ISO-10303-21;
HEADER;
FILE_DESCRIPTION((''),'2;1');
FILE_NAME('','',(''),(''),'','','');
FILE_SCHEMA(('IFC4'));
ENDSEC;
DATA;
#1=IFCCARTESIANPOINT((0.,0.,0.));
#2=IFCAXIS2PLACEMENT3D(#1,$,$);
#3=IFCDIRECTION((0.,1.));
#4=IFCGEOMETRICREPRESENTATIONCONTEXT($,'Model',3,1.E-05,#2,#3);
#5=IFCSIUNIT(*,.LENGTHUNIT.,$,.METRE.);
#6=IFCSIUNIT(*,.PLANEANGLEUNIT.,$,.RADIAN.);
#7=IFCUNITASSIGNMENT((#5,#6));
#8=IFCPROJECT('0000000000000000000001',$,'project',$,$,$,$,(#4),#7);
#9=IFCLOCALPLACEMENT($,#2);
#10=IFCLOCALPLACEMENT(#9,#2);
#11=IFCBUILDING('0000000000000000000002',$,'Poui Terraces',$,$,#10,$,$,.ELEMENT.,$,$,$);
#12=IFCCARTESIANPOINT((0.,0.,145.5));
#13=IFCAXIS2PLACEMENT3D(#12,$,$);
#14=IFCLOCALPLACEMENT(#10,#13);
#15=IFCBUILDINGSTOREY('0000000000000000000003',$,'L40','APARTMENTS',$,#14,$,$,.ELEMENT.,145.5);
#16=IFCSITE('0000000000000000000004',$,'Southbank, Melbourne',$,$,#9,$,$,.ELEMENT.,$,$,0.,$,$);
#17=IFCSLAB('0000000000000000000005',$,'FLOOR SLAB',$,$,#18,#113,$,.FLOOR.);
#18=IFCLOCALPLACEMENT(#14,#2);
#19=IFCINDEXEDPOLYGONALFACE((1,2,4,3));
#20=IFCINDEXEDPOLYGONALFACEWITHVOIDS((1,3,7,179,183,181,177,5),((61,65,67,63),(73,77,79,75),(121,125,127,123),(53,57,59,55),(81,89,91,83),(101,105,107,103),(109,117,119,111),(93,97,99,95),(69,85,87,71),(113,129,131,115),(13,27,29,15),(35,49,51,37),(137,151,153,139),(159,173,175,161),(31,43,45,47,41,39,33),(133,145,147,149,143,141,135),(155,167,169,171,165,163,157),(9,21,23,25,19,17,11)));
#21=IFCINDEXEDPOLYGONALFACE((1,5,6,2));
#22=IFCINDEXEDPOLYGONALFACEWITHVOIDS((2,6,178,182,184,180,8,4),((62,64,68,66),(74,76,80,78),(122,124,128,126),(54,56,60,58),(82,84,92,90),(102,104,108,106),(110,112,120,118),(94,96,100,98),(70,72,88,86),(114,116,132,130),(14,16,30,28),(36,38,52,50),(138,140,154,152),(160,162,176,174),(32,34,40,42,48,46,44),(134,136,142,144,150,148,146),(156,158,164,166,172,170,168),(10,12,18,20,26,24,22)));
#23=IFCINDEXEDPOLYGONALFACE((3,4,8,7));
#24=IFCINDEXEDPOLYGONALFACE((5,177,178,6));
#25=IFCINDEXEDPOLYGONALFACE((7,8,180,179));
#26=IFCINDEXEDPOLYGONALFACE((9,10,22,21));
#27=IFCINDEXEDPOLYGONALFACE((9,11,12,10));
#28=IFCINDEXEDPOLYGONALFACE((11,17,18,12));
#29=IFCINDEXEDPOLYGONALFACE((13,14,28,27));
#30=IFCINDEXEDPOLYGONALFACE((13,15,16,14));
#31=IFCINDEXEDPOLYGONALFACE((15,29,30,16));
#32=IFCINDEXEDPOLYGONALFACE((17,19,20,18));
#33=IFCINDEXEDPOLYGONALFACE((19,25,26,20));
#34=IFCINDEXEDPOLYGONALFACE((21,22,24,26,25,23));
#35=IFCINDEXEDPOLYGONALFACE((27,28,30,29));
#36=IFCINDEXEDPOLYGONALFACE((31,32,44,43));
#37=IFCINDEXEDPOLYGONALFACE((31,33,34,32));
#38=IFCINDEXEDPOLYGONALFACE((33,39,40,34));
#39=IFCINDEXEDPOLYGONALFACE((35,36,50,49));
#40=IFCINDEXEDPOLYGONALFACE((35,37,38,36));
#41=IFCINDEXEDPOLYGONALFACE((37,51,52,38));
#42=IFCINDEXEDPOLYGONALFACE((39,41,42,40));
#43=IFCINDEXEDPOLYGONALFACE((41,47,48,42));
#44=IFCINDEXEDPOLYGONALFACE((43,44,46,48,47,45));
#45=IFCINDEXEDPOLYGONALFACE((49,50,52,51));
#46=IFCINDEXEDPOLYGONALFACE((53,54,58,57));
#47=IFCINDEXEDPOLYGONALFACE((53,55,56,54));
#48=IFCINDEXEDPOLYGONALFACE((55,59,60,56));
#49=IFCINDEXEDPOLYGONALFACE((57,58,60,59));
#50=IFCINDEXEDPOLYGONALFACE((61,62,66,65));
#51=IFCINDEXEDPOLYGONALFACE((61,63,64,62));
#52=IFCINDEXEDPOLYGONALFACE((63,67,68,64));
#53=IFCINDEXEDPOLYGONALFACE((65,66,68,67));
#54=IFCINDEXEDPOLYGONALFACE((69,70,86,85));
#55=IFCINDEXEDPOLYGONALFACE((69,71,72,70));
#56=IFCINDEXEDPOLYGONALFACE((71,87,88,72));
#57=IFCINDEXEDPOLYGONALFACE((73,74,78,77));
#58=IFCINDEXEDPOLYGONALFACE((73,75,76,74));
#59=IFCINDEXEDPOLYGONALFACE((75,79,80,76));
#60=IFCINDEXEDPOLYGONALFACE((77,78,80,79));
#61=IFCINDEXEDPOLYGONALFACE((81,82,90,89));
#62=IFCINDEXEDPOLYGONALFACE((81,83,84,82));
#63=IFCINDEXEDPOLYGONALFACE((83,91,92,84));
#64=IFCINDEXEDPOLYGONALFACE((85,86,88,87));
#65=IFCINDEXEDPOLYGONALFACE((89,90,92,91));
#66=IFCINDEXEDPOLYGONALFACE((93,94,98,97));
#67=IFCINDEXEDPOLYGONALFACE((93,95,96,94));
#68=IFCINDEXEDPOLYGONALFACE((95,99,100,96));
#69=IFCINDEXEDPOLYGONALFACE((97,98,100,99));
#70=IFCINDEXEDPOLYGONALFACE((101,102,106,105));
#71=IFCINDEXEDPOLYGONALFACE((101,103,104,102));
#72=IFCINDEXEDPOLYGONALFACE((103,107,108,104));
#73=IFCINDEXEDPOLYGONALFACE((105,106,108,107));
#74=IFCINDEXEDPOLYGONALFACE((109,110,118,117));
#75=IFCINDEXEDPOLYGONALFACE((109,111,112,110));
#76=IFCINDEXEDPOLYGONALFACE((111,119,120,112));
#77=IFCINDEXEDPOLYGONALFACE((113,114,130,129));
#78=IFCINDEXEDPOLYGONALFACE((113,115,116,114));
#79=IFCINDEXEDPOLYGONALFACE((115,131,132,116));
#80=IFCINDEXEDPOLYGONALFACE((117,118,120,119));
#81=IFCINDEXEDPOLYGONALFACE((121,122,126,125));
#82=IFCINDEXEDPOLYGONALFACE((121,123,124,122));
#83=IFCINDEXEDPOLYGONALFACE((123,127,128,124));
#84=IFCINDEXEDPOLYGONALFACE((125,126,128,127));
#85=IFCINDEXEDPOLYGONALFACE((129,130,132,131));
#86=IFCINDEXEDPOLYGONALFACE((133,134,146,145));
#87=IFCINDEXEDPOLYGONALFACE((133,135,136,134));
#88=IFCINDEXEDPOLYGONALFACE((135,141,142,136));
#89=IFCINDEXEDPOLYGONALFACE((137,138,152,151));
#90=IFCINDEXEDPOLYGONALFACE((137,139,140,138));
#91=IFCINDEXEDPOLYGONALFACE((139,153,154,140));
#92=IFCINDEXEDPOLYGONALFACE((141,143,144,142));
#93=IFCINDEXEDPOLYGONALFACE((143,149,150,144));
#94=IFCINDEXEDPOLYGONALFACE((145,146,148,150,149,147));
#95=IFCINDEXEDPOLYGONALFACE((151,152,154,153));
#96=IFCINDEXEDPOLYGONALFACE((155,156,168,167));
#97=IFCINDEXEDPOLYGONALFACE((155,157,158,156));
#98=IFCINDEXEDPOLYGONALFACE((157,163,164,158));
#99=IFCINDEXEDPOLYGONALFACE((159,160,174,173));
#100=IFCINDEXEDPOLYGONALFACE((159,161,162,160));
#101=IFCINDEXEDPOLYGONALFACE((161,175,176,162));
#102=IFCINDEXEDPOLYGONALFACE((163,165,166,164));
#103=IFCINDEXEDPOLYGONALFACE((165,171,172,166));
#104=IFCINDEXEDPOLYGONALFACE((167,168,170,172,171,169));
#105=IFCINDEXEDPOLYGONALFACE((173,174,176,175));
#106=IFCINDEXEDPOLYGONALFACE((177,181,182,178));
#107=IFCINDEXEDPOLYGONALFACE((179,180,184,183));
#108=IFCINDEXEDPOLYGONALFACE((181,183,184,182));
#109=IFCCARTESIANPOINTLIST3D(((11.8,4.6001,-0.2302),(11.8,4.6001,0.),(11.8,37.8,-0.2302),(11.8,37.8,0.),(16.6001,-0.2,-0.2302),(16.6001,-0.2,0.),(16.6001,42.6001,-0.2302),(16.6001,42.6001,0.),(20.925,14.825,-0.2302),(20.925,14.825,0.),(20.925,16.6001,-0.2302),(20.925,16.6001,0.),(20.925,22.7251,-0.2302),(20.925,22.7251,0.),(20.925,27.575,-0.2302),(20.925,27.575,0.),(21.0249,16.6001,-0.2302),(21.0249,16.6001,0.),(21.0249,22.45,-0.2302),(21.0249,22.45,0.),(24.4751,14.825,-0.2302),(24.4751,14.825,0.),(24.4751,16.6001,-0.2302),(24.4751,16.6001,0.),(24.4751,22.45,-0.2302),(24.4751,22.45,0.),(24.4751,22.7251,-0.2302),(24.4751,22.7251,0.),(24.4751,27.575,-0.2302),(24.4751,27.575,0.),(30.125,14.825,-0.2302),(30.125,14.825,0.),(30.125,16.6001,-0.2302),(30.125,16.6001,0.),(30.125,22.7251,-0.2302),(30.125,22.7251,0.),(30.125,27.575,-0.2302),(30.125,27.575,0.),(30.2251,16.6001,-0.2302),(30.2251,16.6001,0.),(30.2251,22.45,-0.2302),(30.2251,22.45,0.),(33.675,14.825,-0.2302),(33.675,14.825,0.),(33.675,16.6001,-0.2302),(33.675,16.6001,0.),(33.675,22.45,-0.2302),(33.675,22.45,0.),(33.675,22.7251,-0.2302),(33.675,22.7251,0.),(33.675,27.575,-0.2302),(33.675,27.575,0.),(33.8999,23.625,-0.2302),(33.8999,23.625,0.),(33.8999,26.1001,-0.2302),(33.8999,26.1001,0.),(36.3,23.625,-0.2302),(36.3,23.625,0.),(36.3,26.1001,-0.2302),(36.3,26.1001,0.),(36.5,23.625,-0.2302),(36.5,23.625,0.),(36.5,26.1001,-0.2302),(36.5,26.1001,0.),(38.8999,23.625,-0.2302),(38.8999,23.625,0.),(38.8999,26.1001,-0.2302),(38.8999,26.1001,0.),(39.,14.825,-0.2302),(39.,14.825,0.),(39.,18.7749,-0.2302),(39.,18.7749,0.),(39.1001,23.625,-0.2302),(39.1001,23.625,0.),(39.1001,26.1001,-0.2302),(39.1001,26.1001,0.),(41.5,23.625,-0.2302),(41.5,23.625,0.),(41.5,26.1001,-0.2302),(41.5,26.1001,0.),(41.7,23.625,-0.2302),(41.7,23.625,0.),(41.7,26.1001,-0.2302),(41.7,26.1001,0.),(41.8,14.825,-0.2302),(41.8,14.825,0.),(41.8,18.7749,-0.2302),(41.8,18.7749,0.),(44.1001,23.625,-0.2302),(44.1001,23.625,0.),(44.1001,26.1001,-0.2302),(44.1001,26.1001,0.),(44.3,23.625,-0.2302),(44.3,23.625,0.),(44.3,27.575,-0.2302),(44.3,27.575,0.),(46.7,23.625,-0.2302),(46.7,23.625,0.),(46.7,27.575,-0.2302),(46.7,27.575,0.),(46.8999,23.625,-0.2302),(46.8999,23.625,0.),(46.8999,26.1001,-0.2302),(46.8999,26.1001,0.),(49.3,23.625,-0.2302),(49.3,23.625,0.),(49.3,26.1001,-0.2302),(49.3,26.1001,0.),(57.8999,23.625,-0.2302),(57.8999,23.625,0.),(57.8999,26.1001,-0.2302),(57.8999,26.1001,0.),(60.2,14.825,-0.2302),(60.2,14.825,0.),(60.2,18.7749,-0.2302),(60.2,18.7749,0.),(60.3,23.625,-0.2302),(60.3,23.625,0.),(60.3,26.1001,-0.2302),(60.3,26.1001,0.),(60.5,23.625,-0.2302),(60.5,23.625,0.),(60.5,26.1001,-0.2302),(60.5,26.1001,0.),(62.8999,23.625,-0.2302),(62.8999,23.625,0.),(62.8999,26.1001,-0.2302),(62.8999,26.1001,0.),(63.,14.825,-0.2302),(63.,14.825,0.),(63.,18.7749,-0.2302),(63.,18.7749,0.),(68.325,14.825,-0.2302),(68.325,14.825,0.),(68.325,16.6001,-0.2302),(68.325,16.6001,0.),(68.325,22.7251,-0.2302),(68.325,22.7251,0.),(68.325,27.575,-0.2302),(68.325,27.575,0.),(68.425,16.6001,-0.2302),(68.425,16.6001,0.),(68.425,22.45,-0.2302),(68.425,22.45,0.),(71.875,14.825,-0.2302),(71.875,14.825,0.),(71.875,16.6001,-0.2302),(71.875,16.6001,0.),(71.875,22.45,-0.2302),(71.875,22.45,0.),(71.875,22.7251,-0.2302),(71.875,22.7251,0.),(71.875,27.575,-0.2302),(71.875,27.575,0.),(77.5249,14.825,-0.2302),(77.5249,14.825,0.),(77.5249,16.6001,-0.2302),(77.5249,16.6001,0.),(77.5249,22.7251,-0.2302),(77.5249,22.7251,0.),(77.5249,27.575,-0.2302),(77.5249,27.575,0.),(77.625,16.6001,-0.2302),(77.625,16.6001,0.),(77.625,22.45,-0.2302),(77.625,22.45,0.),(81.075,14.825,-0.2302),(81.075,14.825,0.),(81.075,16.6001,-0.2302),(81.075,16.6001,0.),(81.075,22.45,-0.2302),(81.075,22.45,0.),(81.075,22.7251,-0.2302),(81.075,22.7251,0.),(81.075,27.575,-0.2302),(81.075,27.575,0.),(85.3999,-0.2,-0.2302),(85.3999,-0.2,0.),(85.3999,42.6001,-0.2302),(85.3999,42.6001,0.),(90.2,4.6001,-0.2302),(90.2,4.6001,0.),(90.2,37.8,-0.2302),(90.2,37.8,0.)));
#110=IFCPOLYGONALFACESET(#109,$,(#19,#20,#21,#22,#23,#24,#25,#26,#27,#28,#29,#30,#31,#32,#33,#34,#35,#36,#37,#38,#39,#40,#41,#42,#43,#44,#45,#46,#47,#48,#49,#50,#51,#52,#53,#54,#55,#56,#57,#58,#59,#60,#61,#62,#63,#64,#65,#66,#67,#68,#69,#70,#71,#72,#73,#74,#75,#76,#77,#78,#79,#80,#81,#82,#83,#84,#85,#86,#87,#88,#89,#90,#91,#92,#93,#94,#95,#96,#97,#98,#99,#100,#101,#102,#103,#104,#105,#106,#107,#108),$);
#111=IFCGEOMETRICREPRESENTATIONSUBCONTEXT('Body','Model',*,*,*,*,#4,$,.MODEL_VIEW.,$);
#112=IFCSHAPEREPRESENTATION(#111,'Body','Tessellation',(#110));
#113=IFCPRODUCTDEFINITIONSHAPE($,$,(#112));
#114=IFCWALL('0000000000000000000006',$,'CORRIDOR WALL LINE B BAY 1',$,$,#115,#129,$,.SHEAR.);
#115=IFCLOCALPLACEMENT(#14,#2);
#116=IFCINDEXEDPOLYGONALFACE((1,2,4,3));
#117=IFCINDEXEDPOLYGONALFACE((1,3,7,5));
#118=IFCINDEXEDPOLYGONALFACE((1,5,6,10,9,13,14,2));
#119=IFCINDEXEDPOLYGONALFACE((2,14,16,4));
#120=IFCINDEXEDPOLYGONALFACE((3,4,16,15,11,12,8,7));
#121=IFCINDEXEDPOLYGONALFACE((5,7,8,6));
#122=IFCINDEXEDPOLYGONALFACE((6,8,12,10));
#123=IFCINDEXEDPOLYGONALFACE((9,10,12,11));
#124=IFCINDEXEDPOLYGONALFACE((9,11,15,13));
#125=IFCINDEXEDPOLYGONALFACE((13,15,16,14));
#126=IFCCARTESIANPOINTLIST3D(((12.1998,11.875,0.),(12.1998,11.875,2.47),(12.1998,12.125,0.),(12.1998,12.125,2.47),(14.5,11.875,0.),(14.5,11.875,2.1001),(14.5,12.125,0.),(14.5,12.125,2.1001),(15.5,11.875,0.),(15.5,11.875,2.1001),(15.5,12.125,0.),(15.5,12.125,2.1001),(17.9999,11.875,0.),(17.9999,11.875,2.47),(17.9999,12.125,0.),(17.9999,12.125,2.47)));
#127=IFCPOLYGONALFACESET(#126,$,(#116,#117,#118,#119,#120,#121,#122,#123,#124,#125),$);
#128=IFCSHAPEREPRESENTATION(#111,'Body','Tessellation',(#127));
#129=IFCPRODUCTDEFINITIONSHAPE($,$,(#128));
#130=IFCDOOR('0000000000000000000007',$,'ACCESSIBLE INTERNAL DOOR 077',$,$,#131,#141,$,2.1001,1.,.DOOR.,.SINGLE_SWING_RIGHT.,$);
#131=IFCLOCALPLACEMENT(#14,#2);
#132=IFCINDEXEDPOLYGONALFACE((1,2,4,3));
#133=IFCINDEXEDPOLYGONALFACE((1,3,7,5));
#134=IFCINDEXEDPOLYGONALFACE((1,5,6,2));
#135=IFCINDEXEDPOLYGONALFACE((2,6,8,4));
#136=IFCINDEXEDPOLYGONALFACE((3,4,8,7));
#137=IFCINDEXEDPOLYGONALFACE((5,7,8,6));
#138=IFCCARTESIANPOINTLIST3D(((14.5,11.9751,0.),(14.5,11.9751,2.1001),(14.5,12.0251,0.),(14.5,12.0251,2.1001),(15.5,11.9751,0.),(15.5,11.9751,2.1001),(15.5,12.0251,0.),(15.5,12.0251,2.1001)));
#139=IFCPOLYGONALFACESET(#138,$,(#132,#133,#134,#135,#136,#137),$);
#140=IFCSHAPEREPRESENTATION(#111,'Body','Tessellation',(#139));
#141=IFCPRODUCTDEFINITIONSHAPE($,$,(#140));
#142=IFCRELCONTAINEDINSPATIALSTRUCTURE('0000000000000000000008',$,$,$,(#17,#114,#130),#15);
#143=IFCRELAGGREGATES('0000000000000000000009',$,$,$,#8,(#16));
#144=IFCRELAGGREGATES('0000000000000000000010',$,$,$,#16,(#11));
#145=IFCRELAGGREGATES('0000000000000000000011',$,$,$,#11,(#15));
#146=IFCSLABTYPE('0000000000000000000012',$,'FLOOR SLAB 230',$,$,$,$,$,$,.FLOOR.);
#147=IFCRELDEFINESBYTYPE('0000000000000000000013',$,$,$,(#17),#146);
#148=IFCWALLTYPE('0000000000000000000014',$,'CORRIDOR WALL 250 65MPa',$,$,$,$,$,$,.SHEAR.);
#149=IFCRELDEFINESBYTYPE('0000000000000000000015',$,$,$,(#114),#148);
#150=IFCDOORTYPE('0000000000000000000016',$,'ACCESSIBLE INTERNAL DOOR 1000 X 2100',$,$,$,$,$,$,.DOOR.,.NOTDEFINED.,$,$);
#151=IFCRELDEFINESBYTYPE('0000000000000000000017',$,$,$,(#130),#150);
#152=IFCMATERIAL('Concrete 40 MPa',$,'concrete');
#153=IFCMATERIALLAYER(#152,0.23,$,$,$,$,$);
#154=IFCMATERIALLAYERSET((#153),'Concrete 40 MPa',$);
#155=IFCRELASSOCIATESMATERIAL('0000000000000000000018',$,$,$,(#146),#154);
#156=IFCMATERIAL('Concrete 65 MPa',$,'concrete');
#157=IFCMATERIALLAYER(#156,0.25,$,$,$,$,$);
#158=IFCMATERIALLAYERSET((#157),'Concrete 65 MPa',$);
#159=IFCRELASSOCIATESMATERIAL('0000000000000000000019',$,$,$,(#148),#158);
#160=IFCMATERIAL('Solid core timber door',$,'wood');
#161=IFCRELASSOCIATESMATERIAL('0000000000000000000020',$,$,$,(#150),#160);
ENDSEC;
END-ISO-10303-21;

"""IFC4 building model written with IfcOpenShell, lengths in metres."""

from ifc_helpers import new_model, si_unit, direction, frame, frame_2d, origin, place, context, subcontext, project, spatial, polyline, rectangle, outline, extrude, source, transform, mapped, material, layer, layer_set, type_object, element, fill, save


model = new_model("IFC4")

# Units and contexts
model_context = context("Model", 3, precision=1e-05, world=origin(), true_north=direction((0.0, 1.0)))
body_context = subcontext(model_context, "Body", "Model", "MODEL_VIEW")
ifc_project = project(units=[si_unit("LENGTHUNIT", "METRE"), si_unit("PLANEANGLEUNIT", "RADIAN")], contexts=[model_context])

# Site, building, storey
site_placement = place(None, origin())
site = spatial("IfcSite", under=ifc_project, at=site_placement, Name="Southbank, Melbourne", CompositionType="ELEMENT", RefElevation=0.0)
building_placement = place(site_placement, origin())
building = spatial("IfcBuilding", under=site, at=building_placement, Name="Poui Terraces", CompositionType="ELEMENT")
storey_placement = place(building_placement, frame((0.0, 0.0, 145.5)))
storey = spatial("IfcBuildingStorey", under=building, at=storey_placement, Name="L40", Description="APARTMENTS", CompositionType="ELEMENT", Elevation=145.5)

# Shared definitions
ifc_material_1 = material(Name="Concrete 65 MPa", Category="concrete")

# Slab
ifc_material_2 = material(Name="Concrete 40 MPa", Category="concrete")
ifc_layer_1 = layer(ifc_material_2, 0.23)
ifc_layer_set_1 = layer_set([ifc_layer_1], Name="Concrete 40 MPa")
slab_type_1 = type_object("IfcSlabType", Name="FLOOR SLAB 230", PredefinedType="FLOOR", material=ifc_layer_set_1)
shared_shape = source(origin(), body_context, "Body", "SweptSolid", [
    extrude(outline(polyline([(0.0, 0.0), (4.8, -4.8), (73.5999, -4.8), (78.3999, 0.0), (78.3999, 33.2), (73.5999, 38.0), (4.8, 38.0), (0.0, 33.2), (0.0, 0.0)]), holes=[polyline([(27.2, 10.2249), (27.2, 14.1748), (30.0, 14.1748), (30.0, 10.2249), (27.2, 10.2249)]), polyline([(9.2249, 17.8499), (12.675, 17.8499), (12.675, 12.0), (12.675, 10.2249), (9.125, 10.2249), (9.125, 12.0), (9.2249, 12.0), (9.2249, 17.8499)]), polyline([(18.425, 17.8499), (21.875, 17.8499), (21.875, 12.0), (21.875, 10.2249), (18.325, 10.2249), (18.325, 12.0), (18.425, 12.0), (18.425, 17.8499)]), polyline([(22.0999, 19.0249), (22.0999, 21.5), (24.5, 21.5), (24.5, 19.0249), (22.0999, 19.0249)]), polyline([(24.7, 19.0249), (24.7, 21.5), (27.0999, 21.5), (27.0999, 19.0249), (24.7, 19.0249)]), polyline([(27.3, 19.0249), (27.3, 21.5), (29.7, 21.5), (29.7, 19.0249), (27.3, 19.0249)]), polyline([(29.8999, 19.0249), (29.8999, 21.5), (32.3, 21.5), (32.3, 19.0249), (29.8999, 19.0249)]), polyline([(9.125, 22.9749), (12.675, 22.9749), (12.675, 18.125), (9.125, 18.125), (9.125, 22.9749)]), polyline([(18.325, 22.9749), (21.875, 22.9749), (21.875, 18.125), (18.325, 18.125), (18.325, 22.9749)]), polyline([(48.3999, 10.2249), (48.3999, 14.1748), (51.2, 14.1748), (51.2, 10.2249), (48.3999, 10.2249)]), polyline([(56.625, 17.8499), (60.075, 17.8499), (60.075, 12.0), (60.075, 10.2249), (56.5249, 10.2249), (56.5249, 12.0), (56.625, 12.0), (56.625, 17.8499)]), polyline([(65.825, 17.8499), (69.2749, 17.8499), (69.2749, 12.0), (69.2749, 10.2249), (65.7249, 10.2249), (65.7249, 12.0), (65.825, 12.0), (65.825, 17.8499)]), polyline([(35.0999, 19.0249), (35.0999, 21.5), (37.5, 21.5), (37.5, 19.0249), (35.0999, 19.0249)]), polyline([(46.0999, 19.0249), (46.0999, 21.5), (48.5, 21.5), (48.5, 19.0249), (46.0999, 19.0249)]), polyline([(48.7, 19.0249), (48.7, 21.5), (51.0999, 21.5), (51.0999, 19.0249), (48.7, 19.0249)]), polyline([(56.5249, 18.125), (56.5249, 22.9749), (60.075, 22.9749), (60.075, 18.125), (56.5249, 18.125)]), polyline([(65.7249, 22.9749), (69.2749, 22.9749), (69.2749, 18.125), (65.7249, 18.125), (65.7249, 22.9749)]), polyline([(32.5, 22.9749), (34.8999, 22.9749), (34.8999, 19.0249), (32.5, 19.0249), (32.5, 22.9749)])]), origin(), (0.0, 0.0, 1.0), 0.2302),
])
slab_1_placement = place(storey_placement, frame((11.8, 4.6001, -0.2302)))
element("IfcSlab", 1, at=slab_1_placement, inside=storey, type_object=slab_type_1, Name="FLOOR SLAB", PredefinedType="FLOOR", context=body_context, shape_type="MappedRepresentation", body=[
    mapped(shared_shape, transform((0.0, 0.0, 0.0))),
])

# Wall, opening, door
ifc_layer_2 = layer(ifc_material_1, 0.25)
ifc_layer_set_2 = layer_set([ifc_layer_2], Name="Concrete 65 MPa")
wall_type_1 = type_object("IfcWallType", Name="CORRIDOR WALL 250 65MPa", PredefinedType="SHEAR", material=ifc_layer_set_2)
wall_1_placement = place(storey_placement, frame((12.2, 12.0, 0.0), z_axis=(0.0, 0.0, 1.0), x_axis=(1.0, 0.0, 0.0)))
wall_1 = element("IfcWall", 2, at=wall_1_placement, inside=storey, type_object=wall_type_1, Name="CORRIDOR WALL LINE B BAY 1", PredefinedType="SHEAR", context=body_context, shape_type="SweptSolid", body=[
    extrude(rectangle(XDim=5.8, YDim=0.25, at=frame_2d((2.8999, 0.0))), origin(), (0.0, 0.0, 1.0), 2.47),
])
opening_1_placement = place(wall_1_placement, frame((2.3, 0.0, 0.0)))
opening_1 = element("IfcOpeningElement", 3, at=opening_1_placement, cuts=wall_1, PredefinedType="OPENING", context=body_context, shape_type="SweptSolid", body=[
    extrude(rectangle(XDim=1.0, YDim=2.1001, at=frame_2d((0.5, 1.05))), frame((0.0, 0.135, 0.0), z_axis=(0.0, -1.0, 0.0), x_axis=(1.0, 0.0, 0.0)), (0.0, 0.0, 1.0), 0.27),
])
ifc_material_3 = material(Name="Solid core timber door", Category="wood")
door_type = type_object("IfcDoorType", Name="ACCESSIBLE INTERNAL DOOR 1000 X 2100", OperationType="NOTDEFINED", PredefinedType="DOOR", material=ifc_material_3)
door_placement = place(opening_1_placement, frame((1.0, 0.0, 0.0), z_axis=(0.0, 0.0, 1.0), x_axis=(-1.0, 0.0, 0.0)))
door = element("IfcDoor", 4, at=door_placement, inside=storey, type_object=door_type, Name="ACCESSIBLE INTERNAL DOOR 077", OperationType="SINGLE_SWING_RIGHT", OverallHeight=2.1001, OverallWidth=1.0, PredefinedType="DOOR", context=body_context, shape_type="SweptSolid", body=[
    extrude(rectangle(XDim=1.0, YDim=2.1001, at=frame_2d((0.5, 1.05))), frame((0.0, 0.0249, 0.0), z_axis=(0.0, -1.0, 0.0), x_axis=(1.0, 0.0, 0.0)), (0.0, 0.0, 1.0), 0.05),
])
fill(opening_1, door)

save(model, "model.ifc")
